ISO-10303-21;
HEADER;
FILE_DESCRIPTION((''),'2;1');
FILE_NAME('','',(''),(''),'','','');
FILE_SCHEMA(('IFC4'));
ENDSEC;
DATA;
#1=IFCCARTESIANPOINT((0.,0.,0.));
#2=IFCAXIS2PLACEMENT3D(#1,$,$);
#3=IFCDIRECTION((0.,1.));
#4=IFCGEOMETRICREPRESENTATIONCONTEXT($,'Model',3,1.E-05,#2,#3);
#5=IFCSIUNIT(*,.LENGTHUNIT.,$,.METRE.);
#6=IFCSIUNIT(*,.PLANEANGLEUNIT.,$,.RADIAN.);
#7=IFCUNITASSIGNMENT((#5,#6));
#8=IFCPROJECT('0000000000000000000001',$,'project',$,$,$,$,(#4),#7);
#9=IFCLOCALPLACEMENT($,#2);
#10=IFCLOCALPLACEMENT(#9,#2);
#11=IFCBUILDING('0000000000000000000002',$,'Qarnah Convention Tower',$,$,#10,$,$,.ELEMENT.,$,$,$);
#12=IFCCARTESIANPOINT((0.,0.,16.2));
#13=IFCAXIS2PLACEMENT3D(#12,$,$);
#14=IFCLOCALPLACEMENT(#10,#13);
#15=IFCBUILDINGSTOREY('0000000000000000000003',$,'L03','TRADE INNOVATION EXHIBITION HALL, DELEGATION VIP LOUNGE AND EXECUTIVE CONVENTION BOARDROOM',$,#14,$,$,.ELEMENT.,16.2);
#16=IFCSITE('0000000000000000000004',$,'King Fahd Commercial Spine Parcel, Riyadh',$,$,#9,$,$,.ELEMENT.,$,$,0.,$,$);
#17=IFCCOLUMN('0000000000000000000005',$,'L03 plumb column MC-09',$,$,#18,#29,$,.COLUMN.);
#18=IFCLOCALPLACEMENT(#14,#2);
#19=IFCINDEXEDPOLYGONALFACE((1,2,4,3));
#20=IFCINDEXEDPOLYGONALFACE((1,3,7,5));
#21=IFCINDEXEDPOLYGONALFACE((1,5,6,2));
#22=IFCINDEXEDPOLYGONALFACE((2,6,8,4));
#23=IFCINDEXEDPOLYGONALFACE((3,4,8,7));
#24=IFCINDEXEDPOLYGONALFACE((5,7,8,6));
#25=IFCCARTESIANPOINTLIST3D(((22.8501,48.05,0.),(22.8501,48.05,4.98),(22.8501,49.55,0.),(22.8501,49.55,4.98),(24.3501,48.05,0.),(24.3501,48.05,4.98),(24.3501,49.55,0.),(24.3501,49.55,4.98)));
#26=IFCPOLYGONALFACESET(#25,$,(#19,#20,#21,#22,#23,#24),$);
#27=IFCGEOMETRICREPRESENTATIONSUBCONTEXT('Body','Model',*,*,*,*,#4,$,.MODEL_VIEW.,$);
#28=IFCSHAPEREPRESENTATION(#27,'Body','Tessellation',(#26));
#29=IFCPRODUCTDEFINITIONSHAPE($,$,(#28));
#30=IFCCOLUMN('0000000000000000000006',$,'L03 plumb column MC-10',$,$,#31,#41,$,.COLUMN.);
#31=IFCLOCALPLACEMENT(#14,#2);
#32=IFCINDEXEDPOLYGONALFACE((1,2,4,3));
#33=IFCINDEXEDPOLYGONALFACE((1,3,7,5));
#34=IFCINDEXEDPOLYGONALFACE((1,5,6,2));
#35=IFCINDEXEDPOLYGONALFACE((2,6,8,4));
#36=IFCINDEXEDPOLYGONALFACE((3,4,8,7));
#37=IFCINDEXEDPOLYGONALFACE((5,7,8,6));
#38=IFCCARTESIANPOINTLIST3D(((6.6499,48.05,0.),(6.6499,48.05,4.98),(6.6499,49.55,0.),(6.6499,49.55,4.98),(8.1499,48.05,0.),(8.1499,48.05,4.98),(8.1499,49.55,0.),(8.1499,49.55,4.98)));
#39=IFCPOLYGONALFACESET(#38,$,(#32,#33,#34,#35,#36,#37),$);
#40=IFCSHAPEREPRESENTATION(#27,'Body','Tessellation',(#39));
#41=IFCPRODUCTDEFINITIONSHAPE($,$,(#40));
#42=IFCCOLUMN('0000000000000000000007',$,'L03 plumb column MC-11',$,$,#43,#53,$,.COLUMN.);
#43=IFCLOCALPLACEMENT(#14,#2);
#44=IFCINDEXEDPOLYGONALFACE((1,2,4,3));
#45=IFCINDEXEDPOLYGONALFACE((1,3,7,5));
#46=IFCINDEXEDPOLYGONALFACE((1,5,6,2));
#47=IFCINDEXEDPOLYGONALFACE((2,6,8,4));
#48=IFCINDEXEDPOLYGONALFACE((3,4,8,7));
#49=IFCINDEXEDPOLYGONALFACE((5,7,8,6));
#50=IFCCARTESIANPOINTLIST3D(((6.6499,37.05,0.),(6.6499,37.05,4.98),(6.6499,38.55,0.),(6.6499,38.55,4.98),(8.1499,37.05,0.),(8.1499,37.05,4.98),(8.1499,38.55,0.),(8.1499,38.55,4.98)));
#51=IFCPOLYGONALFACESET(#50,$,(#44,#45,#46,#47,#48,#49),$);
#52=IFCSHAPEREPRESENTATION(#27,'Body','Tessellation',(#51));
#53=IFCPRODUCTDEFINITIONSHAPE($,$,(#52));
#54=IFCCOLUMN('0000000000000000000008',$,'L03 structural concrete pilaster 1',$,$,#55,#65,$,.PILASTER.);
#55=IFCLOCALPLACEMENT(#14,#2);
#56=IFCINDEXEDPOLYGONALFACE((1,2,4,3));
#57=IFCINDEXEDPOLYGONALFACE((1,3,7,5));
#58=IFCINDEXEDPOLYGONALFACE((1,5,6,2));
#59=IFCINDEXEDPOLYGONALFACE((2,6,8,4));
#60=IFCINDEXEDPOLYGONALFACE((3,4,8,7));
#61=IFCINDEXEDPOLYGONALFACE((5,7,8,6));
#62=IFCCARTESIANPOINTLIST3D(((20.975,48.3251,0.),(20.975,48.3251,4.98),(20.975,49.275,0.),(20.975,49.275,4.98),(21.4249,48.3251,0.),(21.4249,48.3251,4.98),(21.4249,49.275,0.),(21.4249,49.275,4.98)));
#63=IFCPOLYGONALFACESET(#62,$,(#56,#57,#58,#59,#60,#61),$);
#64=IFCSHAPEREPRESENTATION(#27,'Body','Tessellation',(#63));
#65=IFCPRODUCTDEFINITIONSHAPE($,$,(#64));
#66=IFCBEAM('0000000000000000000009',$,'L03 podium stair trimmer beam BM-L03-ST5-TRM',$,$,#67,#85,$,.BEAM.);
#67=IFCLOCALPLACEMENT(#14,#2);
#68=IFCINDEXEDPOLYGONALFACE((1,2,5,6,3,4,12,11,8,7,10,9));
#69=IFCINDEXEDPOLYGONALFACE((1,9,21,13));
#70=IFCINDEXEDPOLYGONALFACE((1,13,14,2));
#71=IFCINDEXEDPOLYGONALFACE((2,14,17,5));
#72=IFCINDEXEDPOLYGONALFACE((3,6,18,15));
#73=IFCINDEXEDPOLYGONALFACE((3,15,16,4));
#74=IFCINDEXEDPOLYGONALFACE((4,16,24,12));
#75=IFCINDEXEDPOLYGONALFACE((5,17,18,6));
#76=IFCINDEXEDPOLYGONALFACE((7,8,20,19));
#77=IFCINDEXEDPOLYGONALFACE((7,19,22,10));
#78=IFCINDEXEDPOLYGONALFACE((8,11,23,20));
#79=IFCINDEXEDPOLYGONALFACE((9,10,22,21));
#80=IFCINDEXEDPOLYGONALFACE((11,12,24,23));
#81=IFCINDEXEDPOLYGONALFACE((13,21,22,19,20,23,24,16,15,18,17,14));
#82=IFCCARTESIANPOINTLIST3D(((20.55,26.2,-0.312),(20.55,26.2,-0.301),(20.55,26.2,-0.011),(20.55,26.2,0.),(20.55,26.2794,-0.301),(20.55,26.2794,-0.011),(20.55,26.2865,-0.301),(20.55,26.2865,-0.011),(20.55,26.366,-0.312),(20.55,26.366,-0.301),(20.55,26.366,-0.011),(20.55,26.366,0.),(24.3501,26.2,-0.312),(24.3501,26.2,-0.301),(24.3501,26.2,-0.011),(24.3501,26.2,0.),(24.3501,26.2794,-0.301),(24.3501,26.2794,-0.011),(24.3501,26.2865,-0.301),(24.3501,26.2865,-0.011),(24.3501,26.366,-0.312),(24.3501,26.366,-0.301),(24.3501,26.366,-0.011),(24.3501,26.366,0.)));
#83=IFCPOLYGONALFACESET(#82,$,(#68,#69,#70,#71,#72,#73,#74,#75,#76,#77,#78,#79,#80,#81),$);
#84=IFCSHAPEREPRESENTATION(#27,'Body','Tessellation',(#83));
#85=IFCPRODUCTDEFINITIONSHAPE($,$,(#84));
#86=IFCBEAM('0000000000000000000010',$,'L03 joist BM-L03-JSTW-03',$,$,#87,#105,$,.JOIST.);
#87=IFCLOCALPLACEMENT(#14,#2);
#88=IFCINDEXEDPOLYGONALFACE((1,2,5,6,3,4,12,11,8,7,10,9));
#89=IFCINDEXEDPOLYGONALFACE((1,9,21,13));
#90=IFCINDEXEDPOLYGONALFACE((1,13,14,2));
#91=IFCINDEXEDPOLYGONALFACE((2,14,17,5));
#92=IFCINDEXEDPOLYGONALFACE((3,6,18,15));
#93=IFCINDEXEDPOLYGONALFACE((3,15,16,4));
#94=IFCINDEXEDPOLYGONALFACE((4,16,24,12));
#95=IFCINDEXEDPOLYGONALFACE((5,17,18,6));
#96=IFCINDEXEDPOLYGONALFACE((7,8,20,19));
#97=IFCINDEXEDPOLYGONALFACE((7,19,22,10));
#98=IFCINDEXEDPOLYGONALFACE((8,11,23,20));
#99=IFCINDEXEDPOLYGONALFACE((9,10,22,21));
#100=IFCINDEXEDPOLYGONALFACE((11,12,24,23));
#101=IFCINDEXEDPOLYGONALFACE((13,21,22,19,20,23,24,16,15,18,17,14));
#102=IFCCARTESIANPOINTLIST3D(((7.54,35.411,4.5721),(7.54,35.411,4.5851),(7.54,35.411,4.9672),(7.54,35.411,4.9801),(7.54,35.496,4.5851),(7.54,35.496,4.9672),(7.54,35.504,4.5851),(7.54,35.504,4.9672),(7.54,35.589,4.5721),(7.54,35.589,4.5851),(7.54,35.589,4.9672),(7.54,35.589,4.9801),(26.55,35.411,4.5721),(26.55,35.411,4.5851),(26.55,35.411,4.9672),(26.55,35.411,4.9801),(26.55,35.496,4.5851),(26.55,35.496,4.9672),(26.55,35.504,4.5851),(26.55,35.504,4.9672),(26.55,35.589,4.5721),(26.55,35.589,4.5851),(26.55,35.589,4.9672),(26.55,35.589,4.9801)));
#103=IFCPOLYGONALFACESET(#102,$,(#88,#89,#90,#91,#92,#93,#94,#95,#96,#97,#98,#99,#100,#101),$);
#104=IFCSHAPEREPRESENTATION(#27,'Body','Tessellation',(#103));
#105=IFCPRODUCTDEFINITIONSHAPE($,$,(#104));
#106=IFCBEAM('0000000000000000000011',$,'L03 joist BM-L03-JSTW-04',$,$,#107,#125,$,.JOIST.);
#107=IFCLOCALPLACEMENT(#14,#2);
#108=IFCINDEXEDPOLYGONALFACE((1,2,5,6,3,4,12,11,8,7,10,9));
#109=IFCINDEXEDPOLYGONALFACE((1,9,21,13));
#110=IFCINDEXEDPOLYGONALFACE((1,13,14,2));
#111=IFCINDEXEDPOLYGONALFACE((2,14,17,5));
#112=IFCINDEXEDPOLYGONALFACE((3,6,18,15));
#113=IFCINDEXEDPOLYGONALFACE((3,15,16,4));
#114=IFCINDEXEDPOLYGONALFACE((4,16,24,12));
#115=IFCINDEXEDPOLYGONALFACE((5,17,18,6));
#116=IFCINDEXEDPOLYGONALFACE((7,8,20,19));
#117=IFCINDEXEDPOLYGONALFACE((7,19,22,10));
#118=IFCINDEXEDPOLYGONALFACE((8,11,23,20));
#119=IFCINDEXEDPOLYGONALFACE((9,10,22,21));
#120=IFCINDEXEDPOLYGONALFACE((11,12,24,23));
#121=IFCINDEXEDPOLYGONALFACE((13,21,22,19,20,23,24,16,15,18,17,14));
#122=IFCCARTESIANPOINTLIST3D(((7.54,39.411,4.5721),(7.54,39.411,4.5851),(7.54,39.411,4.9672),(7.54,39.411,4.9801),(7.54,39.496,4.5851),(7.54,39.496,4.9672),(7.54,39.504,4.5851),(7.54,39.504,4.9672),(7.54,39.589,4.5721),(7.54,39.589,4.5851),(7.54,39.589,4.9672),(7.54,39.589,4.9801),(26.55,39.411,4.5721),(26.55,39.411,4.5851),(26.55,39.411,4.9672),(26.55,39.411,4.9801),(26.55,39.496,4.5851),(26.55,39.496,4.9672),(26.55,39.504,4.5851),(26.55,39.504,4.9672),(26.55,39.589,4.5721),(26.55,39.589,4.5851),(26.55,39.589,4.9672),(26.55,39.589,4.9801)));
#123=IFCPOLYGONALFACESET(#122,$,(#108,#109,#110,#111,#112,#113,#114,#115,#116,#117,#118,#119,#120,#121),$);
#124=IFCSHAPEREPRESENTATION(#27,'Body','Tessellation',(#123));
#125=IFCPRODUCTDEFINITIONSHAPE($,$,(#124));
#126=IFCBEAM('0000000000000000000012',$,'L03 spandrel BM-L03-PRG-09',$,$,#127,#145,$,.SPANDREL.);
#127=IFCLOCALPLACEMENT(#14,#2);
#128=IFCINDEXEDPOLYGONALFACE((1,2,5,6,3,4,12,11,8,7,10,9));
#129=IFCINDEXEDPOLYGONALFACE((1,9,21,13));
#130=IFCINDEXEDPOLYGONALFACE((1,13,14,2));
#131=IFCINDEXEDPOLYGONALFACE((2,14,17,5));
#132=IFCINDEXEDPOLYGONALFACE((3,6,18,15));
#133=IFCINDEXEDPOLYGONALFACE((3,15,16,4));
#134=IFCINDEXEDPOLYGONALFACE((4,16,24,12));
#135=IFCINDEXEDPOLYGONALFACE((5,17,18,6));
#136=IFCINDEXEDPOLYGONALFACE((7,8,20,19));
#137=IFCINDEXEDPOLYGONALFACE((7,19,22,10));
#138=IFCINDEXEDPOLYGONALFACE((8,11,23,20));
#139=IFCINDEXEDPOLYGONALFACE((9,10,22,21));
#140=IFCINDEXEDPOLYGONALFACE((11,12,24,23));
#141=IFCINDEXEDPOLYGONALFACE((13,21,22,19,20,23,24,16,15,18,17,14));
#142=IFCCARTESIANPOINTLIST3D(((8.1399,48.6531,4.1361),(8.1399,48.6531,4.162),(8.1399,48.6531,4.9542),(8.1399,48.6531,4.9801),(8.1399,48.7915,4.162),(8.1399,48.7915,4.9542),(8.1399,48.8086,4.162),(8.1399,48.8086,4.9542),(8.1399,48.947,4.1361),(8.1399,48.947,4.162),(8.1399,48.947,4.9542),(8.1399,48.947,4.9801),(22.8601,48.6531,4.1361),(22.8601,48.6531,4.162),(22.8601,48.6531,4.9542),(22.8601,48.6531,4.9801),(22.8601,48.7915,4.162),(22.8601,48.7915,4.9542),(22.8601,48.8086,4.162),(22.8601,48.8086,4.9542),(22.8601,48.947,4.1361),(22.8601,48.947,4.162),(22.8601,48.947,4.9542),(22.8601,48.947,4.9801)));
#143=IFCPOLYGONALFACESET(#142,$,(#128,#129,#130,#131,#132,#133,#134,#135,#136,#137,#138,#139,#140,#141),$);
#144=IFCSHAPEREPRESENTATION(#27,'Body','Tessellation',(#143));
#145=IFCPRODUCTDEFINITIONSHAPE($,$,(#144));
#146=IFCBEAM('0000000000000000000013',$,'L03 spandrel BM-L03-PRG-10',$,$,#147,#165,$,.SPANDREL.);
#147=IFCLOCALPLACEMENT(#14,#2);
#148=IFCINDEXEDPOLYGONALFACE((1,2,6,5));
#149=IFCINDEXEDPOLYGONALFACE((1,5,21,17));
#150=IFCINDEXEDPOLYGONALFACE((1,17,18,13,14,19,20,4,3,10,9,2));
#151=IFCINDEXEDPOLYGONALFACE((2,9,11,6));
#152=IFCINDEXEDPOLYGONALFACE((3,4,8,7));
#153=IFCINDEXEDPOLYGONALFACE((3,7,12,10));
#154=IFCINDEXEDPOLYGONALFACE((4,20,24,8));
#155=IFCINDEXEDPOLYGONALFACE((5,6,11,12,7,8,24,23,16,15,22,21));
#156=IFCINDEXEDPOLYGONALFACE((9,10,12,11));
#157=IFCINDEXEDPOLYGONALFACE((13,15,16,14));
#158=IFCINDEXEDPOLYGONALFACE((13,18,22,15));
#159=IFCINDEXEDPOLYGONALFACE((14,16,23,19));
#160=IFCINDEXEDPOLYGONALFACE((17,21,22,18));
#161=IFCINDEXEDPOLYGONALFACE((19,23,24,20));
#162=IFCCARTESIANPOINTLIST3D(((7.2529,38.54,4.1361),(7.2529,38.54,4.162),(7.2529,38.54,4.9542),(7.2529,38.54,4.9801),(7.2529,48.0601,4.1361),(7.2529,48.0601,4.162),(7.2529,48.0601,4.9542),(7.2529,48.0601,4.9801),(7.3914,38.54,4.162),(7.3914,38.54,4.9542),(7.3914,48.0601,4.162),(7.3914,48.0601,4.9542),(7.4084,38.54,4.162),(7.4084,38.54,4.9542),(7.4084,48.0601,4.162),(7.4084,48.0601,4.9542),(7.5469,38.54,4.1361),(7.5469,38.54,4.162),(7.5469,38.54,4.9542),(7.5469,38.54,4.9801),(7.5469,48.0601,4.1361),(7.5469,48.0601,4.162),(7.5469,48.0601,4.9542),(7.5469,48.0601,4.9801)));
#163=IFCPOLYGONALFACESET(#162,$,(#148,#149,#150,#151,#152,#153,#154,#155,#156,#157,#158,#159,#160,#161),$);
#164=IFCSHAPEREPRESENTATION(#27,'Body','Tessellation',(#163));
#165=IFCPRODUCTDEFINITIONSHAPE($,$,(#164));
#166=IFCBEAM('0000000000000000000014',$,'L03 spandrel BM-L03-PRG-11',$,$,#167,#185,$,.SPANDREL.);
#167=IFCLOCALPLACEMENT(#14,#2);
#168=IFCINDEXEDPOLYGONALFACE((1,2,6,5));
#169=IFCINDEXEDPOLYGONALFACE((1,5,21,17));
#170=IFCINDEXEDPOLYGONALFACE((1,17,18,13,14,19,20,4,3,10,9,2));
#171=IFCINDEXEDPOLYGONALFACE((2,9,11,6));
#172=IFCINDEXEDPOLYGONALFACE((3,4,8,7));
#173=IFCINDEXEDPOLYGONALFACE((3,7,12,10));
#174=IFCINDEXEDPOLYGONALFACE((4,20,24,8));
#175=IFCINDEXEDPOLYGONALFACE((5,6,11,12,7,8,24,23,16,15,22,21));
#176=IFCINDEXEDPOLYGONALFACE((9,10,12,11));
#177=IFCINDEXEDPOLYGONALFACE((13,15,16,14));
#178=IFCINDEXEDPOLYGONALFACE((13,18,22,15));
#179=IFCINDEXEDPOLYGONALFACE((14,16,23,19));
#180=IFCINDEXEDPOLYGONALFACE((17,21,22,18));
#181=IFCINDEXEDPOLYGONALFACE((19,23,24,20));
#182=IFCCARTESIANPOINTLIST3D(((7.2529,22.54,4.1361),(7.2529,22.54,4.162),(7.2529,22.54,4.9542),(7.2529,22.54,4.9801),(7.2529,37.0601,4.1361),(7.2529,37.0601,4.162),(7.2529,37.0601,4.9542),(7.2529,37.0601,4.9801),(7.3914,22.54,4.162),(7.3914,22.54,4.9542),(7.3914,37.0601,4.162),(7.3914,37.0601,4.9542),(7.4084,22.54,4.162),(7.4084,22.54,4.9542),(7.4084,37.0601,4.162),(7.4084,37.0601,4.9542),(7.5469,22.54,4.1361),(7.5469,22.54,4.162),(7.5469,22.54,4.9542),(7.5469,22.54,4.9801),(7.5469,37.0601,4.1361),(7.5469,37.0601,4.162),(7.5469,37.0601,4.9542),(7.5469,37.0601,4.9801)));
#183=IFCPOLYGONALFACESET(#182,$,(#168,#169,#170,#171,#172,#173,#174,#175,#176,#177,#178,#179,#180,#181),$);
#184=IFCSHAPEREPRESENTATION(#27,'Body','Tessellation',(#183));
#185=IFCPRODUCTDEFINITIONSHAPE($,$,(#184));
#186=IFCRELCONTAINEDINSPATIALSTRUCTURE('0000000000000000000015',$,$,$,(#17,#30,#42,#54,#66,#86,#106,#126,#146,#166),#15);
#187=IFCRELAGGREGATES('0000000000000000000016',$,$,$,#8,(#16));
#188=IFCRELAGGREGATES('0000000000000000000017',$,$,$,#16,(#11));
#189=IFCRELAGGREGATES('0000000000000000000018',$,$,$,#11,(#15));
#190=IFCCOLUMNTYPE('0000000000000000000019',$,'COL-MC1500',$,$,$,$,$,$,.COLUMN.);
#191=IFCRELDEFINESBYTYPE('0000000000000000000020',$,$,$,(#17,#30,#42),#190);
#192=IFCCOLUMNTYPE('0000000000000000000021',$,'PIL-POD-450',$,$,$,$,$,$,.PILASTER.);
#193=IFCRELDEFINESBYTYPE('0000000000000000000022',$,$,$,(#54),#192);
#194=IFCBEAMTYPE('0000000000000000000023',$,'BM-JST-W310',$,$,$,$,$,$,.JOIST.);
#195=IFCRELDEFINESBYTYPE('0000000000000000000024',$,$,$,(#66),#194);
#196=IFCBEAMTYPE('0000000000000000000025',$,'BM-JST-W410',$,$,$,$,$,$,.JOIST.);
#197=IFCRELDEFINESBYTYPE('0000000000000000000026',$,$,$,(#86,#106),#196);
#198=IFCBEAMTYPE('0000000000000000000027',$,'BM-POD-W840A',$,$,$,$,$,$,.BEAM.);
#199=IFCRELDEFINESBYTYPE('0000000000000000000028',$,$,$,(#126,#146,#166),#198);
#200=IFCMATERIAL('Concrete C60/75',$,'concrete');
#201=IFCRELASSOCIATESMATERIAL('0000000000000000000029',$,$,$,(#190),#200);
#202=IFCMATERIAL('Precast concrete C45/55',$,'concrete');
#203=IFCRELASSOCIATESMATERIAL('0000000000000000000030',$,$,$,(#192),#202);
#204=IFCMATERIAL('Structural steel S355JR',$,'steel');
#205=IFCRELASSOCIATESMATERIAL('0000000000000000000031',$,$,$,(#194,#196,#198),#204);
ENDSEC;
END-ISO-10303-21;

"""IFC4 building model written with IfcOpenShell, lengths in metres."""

from ifc_helpers import new_model, si_unit, direction, frame, origin, origin_2d, place, context, subcontext, project, spatial, rectangle, i_section, extrude, material, material_profile, profile_set, type_object, element, save


model = new_model("IFC4")

# Units and contexts
model_context = context("Model", 3, precision=1e-05, world=origin(), true_north=direction((0.0, 1.0)))
body_context = subcontext(model_context, "Body", "Model", "MODEL_VIEW")
ifc_project = project(units=[si_unit("LENGTHUNIT", "METRE"), si_unit("PLANEANGLEUNIT", "RADIAN")], contexts=[model_context])

# Site, building, storey
site_placement = place(None, origin())
site = spatial("IfcSite", under=ifc_project, at=site_placement, Name="King Fahd Commercial Spine Parcel, Riyadh", CompositionType="ELEMENT", RefElevation=0.0)
building_placement = place(site_placement, origin())
building = spatial("IfcBuilding", under=site, at=building_placement, Name="Qarnah Convention Tower", CompositionType="ELEMENT")
storey_placement = place(building_placement, frame((0.0, 0.0, 16.2)))
storey = spatial("IfcBuildingStorey", under=building, at=storey_placement, Name="L03", Description="TRADE INNOVATION EXHIBITION HALL, DELEGATION VIP LOUNGE AND EXECUTIVE CONVENTION BOARDROOM", CompositionType="ELEMENT", Elevation=16.2)

# Columns
ifc_material_1 = material(Name="Concrete C60/75", Category="concrete")
ifc_material_profile_1 = material_profile(ifc_material_1, rectangle(XDim=1.5, YDim=1.5, at=origin_2d()), Name="RC-COL-1500X1500")
ifc_profile_set_1 = profile_set([ifc_material_profile_1], Name="Concrete C60/75")
column_type_1 = type_object("IfcColumnType", Name="COL-MC1500", PredefinedType="COLUMN", material=ifc_profile_set_1)
for number, where, z_axis, x_axis, name in (
    (1, (23.6001, 48.8, 0.0), (0.0, 0.0, 1.0), (1.0, 0.0, 0.0), "L03 plumb column MC-09"),
    (2, (7.3999, 48.8, 0.0), (0.0, 0.0, 1.0), (1.0, 0.0, 0.0), "L03 plumb column MC-10"),
    (3, (7.3999, 37.8, 0.0), (0.0, 0.0, 1.0), (1.0, 0.0, 0.0), "L03 plumb column MC-11"),
):
    element("IfcColumn", number, at=place(storey_placement, frame(where, z_axis=z_axis, x_axis=x_axis)), inside=storey, type_object=column_type_1, Name=name, PredefinedType="COLUMN", context=body_context, shape_type="SweptSolid", body=[
        extrude(rectangle(XDim=1.5, YDim=1.5, at=origin_2d()), origin(), (0.0, 0.0, 1.0), 4.98),
    ])
ifc_material_2 = material(Name="Precast concrete C45/55", Category="concrete")
ifc_material_profile_2 = material_profile(ifc_material_2, rectangle(XDim=0.45, YDim=0.95, at=origin_2d()), Name="PC-RIB-450X950")
ifc_profile_set_2 = profile_set([ifc_material_profile_2], Name="Precast concrete C45/55")
column_type_2 = type_object("IfcColumnType", Name="PIL-POD-450", PredefinedType="PILASTER", material=ifc_profile_set_2)
column_placement = place(storey_placement, frame((21.2, 48.8, 0.0), z_axis=(0.0, 0.0, 1.0), x_axis=(1.0, 0.0, 0.0)))
element("IfcColumn", 4, at=column_placement, inside=storey, type_object=column_type_2, Name="L03 structural concrete pilaster 1", PredefinedType="PILASTER", context=body_context, shape_type="SweptSolid", body=[
    extrude(rectangle(XDim=0.45, YDim=0.95, at=origin_2d()), origin(), (0.0, 0.0, 1.0), 4.98),
])

# Beams
ifc_material_3 = material(Name="Structural steel S355JR", Category="steel")
ifc_material_profile_3 = material_profile(ifc_material_3, i_section(OverallWidth=0.166, OverallDepth=0.312, WebThickness=0.0071, FlangeThickness=0.011, at=origin_2d()), Name="W310X45")
ifc_profile_set_3 = profile_set([ifc_material_profile_3], Name="Structural steel S355JR")
beam_type_1 = type_object("IfcBeamType", Name="BM-JST-W310", PredefinedType="JOIST", material=ifc_profile_set_3)
beam_1_placement = place(storey_placement, frame((20.55, 26.283, -0.156), z_axis=(1.0, 0.0, 0.0), x_axis=(0.0, 1.0, 0.0)))
element("IfcBeam", 5, at=beam_1_placement, inside=storey, type_object=beam_type_1, Name="L03 podium stair trimmer beam BM-L03-ST5-TRM", PredefinedType="BEAM", context=body_context, shape_type="SweptSolid", body=[
    extrude(i_section(OverallWidth=0.166, OverallDepth=0.312, WebThickness=0.0071, FlangeThickness=0.011, at=origin_2d()), origin(), (0.0, 0.0, 1.0), 3.8),
])
ifc_material_profile_4 = material_profile(ifc_material_3, i_section(OverallWidth=0.178, OverallDepth=0.408, WebThickness=0.0081, FlangeThickness=0.0129, at=origin_2d()), Name="W410X60")
ifc_profile_set_4 = profile_set([ifc_material_profile_4], Name="Structural steel S355JR")
beam_type_2 = type_object("IfcBeamType", Name="BM-JST-W410", PredefinedType="JOIST", material=ifc_profile_set_4)
for number, where, z_axis, x_axis, name in (
    (6, (7.54, 35.5, 4.7761), (1.0, 0.0, 0.0), (0.0, 1.0, 0.0), "L03 joist BM-L03-JSTW-03"),
    (7, (7.54, 39.5, 4.7761), (1.0, 0.0, 0.0), (0.0, 1.0, 0.0), "L03 joist BM-L03-JSTW-04"),
):
    element("IfcBeam", number, at=place(storey_placement, frame(where, z_axis=z_axis, x_axis=x_axis)), inside=storey, type_object=beam_type_2, Name=name, PredefinedType="JOIST", context=body_context, shape_type="SweptSolid", body=[
        extrude(i_section(OverallWidth=0.178, OverallDepth=0.408, WebThickness=0.0081, FlangeThickness=0.0129, at=origin_2d()), origin(), (0.0, 0.0, 1.0), 19.01),
    ])
ifc_material_profile_5 = material_profile(ifc_material_3, i_section(OverallWidth=0.2939, OverallDepth=0.844, WebThickness=0.0171, FlangeThickness=0.0259, at=origin_2d()), Name="W840X251")
ifc_profile_set_5 = profile_set([ifc_material_profile_5], Name="Structural steel S355JR")
beam_type_3 = type_object("IfcBeamType", Name="BM-POD-W840A", PredefinedType="BEAM", material=ifc_profile_set_5)
beam_2_placement = place(storey_placement, frame((22.8601, 48.8, 4.5581), z_axis=(-1.0, 0.0, 0.0), x_axis=(0.0, -1.0, 0.0)))
element("IfcBeam", 8, at=beam_2_placement, inside=storey, type_object=beam_type_3, Name="L03 spandrel BM-L03-PRG-09", PredefinedType="SPANDREL", context=body_context, shape_type="SweptSolid", body=[
    extrude(i_section(OverallWidth=0.2939, OverallDepth=0.844, WebThickness=0.0171, FlangeThickness=0.0259, at=origin_2d()), origin(), (0.0, 0.0, 1.0), 14.7202),
])
beam_3_placement = place(storey_placement, frame((7.3999, 48.0601, 4.5581), z_axis=(0.0, -1.0, 0.0), x_axis=(1.0, 0.0, 0.0)))
element("IfcBeam", 9, at=beam_3_placement, inside=storey, type_object=beam_type_3, Name="L03 spandrel BM-L03-PRG-10", PredefinedType="SPANDREL", context=body_context, shape_type="SweptSolid", body=[
    extrude(i_section(OverallWidth=0.2939, OverallDepth=0.844, WebThickness=0.0171, FlangeThickness=0.0259, at=origin_2d()), origin(), (0.0, 0.0, 1.0), 9.52),
])
beam_4_placement = place(storey_placement, frame((7.3999, 37.0601, 4.5581), z_axis=(0.0, -1.0, 0.0), x_axis=(1.0, 0.0, 0.0)))
element("IfcBeam", 10, at=beam_4_placement, inside=storey, type_object=beam_type_3, Name="L03 spandrel BM-L03-PRG-11", PredefinedType="SPANDREL", context=body_context, shape_type="SweptSolid", body=[
    extrude(i_section(OverallWidth=0.2939, OverallDepth=0.844, WebThickness=0.0171, FlangeThickness=0.0259, at=origin_2d()), origin(), (0.0, 0.0, 1.0), 14.52),
])

save(model, "model.ifc")
